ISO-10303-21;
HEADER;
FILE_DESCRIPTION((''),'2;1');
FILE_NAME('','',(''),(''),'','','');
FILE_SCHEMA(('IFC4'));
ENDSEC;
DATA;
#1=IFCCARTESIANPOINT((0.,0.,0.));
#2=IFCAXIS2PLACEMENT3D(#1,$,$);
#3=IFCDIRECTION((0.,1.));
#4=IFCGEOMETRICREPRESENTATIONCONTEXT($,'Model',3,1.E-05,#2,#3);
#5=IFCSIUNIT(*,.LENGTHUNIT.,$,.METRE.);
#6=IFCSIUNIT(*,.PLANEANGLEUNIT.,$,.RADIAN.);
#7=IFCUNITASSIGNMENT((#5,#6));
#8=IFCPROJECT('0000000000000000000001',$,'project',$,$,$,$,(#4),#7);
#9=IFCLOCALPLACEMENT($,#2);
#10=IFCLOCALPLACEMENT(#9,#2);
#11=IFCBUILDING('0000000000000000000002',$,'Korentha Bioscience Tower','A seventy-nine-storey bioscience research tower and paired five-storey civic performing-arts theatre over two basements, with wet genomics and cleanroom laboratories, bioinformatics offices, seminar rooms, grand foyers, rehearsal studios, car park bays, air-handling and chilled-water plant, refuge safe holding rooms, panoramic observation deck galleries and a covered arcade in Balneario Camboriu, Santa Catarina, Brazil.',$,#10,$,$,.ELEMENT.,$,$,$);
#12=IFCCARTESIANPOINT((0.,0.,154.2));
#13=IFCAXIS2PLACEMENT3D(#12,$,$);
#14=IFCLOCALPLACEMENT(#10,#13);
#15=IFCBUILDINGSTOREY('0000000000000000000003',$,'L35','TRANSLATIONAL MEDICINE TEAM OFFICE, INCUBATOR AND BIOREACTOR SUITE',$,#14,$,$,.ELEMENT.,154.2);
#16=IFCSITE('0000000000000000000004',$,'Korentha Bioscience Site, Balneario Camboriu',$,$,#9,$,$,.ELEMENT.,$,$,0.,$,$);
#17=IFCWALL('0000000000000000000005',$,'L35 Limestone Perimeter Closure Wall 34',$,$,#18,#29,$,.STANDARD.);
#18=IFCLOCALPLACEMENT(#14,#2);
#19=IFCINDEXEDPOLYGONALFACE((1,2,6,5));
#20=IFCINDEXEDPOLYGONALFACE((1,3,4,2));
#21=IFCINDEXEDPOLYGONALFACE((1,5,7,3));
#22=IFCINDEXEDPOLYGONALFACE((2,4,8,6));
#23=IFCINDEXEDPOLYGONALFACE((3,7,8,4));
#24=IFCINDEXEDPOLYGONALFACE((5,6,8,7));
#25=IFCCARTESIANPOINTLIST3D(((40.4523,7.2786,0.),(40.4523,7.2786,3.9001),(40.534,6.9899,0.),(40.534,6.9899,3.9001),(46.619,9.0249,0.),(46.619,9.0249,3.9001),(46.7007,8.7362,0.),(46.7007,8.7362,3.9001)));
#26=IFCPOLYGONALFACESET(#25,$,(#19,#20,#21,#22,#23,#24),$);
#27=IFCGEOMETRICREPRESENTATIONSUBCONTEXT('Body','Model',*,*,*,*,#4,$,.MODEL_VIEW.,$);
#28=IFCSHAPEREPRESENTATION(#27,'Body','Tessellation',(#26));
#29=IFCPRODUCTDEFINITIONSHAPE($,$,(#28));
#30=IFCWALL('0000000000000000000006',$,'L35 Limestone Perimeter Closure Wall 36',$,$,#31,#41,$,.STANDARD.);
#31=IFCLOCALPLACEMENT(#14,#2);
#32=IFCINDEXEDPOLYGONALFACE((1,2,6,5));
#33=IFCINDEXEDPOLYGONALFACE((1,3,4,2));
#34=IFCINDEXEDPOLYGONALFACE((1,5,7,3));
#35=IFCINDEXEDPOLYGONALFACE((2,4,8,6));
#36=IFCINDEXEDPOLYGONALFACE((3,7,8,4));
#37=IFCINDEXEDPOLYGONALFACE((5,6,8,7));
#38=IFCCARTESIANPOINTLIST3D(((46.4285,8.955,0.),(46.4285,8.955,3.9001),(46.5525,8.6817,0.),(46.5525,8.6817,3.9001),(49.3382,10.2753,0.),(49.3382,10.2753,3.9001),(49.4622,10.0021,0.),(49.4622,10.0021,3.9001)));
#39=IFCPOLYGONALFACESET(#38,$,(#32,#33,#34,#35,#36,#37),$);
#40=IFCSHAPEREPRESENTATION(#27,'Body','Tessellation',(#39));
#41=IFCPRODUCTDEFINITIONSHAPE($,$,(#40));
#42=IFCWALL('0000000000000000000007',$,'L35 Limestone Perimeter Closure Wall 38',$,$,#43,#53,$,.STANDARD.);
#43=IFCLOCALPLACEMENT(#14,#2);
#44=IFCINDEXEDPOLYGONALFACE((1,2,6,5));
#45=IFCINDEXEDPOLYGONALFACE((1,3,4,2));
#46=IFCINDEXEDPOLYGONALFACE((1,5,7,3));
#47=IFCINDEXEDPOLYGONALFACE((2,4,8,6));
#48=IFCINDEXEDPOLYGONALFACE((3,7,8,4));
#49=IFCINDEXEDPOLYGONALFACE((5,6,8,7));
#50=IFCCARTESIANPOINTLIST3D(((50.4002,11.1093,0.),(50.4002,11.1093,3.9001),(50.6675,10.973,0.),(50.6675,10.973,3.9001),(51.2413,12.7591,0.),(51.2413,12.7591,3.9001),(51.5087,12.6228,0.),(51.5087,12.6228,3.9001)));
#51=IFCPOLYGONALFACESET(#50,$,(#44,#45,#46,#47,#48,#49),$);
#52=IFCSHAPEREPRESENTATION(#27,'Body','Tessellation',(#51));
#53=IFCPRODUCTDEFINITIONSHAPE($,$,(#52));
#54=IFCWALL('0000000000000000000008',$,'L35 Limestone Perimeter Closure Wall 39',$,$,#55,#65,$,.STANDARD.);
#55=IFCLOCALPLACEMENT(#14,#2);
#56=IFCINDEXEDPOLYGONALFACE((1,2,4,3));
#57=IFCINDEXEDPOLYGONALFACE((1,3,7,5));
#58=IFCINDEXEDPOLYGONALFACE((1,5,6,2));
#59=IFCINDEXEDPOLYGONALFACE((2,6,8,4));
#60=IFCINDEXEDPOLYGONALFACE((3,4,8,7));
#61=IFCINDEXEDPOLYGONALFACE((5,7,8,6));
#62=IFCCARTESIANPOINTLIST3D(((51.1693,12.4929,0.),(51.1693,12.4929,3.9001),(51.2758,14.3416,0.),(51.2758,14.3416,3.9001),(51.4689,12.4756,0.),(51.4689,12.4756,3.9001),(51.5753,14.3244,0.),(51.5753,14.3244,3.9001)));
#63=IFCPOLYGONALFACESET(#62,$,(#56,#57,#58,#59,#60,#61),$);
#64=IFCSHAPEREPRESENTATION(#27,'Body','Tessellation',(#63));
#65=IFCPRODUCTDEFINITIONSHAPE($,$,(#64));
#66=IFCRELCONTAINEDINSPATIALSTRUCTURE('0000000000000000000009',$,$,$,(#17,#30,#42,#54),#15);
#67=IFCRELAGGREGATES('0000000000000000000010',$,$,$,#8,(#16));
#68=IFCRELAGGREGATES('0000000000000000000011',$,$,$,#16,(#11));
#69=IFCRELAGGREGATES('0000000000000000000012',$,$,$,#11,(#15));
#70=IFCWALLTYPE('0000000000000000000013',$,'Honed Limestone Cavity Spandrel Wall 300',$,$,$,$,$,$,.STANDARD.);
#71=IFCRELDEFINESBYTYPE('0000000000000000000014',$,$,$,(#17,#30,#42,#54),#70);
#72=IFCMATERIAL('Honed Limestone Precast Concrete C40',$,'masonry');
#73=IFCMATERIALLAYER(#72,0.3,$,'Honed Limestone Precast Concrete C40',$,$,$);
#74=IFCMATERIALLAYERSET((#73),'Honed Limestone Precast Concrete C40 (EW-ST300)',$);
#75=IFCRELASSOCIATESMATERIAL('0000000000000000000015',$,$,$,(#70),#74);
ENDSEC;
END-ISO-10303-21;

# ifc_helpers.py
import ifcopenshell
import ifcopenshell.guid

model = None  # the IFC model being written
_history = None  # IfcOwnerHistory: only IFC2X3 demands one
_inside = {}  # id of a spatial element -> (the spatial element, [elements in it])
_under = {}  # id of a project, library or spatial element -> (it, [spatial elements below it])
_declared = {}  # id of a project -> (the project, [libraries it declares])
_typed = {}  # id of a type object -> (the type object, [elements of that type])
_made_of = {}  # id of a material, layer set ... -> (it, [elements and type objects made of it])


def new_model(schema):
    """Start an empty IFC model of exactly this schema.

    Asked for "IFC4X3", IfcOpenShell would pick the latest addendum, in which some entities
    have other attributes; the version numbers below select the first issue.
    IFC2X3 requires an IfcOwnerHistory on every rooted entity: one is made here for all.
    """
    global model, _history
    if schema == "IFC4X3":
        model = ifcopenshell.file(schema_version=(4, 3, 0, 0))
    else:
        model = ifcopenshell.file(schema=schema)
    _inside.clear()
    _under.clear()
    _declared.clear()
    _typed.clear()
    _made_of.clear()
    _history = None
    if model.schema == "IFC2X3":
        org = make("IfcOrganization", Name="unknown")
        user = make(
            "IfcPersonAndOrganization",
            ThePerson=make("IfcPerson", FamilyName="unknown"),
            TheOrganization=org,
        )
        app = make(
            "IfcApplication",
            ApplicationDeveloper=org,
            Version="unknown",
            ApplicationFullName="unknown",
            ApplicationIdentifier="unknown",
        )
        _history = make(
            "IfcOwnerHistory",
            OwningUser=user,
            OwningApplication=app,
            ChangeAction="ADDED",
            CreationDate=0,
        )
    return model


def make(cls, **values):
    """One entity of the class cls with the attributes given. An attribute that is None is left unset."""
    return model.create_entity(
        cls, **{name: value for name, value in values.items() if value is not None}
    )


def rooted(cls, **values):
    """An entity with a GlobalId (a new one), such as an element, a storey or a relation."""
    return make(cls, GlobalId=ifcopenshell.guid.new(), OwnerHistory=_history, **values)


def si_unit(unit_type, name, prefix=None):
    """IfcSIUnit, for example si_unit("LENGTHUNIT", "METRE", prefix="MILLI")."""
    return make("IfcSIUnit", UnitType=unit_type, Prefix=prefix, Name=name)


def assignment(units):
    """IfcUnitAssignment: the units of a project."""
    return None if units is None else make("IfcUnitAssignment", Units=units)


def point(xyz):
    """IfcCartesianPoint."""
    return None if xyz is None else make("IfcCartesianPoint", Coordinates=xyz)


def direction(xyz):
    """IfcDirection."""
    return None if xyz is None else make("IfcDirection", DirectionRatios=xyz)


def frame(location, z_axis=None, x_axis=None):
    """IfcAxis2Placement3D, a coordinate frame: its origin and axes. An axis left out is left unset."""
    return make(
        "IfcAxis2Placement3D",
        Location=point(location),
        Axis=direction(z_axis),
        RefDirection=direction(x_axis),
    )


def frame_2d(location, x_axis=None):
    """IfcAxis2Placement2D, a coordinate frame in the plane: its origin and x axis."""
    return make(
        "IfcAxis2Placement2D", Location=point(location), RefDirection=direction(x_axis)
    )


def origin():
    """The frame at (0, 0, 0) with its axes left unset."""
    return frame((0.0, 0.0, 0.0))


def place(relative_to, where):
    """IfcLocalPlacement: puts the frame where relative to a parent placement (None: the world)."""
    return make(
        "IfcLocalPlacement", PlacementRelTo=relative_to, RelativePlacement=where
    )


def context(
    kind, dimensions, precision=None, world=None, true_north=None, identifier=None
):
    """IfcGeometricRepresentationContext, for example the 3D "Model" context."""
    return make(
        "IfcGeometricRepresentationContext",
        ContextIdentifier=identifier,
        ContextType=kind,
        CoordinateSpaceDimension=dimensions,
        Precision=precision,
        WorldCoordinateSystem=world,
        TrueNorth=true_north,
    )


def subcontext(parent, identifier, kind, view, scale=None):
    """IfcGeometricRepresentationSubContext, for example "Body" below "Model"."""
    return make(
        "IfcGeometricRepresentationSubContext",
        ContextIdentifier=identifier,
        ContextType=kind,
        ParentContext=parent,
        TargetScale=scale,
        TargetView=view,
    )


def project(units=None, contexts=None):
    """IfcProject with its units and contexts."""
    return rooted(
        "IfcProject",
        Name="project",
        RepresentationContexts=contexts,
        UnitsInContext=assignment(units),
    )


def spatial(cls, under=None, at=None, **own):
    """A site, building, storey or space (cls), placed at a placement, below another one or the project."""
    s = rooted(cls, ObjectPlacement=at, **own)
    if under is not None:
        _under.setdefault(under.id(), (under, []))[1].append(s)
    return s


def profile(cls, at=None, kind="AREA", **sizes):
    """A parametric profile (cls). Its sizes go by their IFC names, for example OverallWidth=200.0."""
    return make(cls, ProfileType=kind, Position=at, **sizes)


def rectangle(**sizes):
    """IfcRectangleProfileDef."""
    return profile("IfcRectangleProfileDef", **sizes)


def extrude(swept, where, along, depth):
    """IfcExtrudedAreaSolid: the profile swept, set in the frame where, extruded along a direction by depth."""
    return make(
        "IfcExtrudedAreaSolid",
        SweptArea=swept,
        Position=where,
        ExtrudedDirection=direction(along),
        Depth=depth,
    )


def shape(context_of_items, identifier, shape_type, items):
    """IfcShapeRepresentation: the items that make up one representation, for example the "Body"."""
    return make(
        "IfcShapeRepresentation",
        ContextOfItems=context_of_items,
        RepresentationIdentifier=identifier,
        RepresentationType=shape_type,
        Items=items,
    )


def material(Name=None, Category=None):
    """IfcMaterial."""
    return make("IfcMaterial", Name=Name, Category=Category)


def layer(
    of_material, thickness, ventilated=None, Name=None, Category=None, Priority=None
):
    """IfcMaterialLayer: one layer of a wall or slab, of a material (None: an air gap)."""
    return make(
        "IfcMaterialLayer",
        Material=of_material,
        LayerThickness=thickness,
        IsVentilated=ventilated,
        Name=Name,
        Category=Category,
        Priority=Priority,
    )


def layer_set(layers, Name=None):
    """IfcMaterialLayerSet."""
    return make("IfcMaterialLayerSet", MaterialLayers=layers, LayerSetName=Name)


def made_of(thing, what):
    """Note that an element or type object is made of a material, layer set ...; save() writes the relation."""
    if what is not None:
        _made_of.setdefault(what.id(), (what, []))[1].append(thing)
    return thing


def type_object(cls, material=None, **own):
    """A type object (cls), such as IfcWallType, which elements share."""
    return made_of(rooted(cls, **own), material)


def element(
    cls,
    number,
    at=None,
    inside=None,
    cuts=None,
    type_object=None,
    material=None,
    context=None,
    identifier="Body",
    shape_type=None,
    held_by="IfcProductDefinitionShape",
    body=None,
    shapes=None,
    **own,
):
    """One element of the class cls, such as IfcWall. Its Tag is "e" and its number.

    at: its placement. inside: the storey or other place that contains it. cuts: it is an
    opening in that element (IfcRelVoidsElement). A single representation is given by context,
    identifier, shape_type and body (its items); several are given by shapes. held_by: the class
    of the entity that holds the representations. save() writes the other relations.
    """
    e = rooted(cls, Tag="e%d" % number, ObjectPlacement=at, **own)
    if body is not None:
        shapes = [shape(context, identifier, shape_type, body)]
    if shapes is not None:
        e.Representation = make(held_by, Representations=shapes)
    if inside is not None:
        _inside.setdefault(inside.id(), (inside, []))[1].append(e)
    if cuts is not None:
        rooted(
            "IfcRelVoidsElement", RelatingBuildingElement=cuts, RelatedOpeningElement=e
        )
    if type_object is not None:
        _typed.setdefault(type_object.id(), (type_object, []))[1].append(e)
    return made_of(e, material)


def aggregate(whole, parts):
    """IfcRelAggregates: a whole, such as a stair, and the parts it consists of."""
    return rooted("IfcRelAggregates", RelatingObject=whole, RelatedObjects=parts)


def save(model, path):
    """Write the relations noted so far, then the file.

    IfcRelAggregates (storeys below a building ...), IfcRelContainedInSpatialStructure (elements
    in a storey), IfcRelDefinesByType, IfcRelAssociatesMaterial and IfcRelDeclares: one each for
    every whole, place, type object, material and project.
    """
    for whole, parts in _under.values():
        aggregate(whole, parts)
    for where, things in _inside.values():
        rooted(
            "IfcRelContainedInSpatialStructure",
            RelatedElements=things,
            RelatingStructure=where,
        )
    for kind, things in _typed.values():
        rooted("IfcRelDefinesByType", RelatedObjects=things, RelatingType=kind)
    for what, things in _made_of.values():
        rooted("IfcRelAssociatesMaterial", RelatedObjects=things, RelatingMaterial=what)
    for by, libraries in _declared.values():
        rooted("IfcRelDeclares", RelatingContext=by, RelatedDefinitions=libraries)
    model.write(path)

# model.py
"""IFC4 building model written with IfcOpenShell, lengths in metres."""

from ifc_helpers import new_model, si_unit, direction, frame, frame_2d, origin, place, context, subcontext, project, spatial, rectangle, extrude, material, layer, layer_set, type_object, element, save


model = new_model("IFC4")

# Units and contexts
model_context = context("Model", 3, precision=1e-05, world=origin(), true_north=direction((0.0, 1.0)))
body_context = subcontext(model_context, "Body", "Model", "MODEL_VIEW")
ifc_project = project(units=[si_unit("LENGTHUNIT", "METRE"), si_unit("PLANEANGLEUNIT", "RADIAN")], contexts=[model_context])

# Site, building, storey
site_placement = place(None, origin())
site = spatial("IfcSite", under=ifc_project, at=site_placement, Name="Korentha Bioscience Site, Balneario Camboriu", CompositionType="ELEMENT", RefElevation=0.0)
building_placement = place(site_placement, origin())
building = spatial("IfcBuilding", under=site, at=building_placement, Name="Korentha Bioscience Tower", Description="A seventy-nine-storey bioscience research tower and paired five-storey civic performing-arts theatre over two basements, with wet genomics and cleanroom laboratories, bioinformatics offices, seminar rooms, grand foyers, rehearsal studios, car park bays, air-handling and chilled-water plant, refuge safe holding rooms, panoramic observation deck galleries and a covered arcade in Balneario Camboriu, Santa Catarina, Brazil.", CompositionType="ELEMENT")
storey_placement = place(building_placement, frame((0.0, 0.0, 154.2)))
storey = spatial("IfcBuildingStorey", under=building, at=storey_placement, Name="L35", Description="TRANSLATIONAL MEDICINE TEAM OFFICE, INCUBATOR AND BIOREACTOR SUITE", CompositionType="ELEMENT", Elevation=154.2)

# Walls
ifc_material_1 = material(Name="Honed Limestone Precast Concrete C40", Category="masonry")
ifc_layer_1 = layer(ifc_material_1, 0.3, Name="Honed Limestone Precast Concrete C40")
ifc_layer_set_1 = layer_set([ifc_layer_1], Name="Honed Limestone Precast Concrete C40 (EW-ST300)")
wall_type_1 = type_object("IfcWallType", Name="Honed Limestone Cavity Spandrel Wall 300", PredefinedType="STANDARD", material=ifc_layer_set_1)
wall_1_placement = place(storey_placement, frame((40.4932, 7.1343, 0.0), z_axis=(0.0, 0.0, 1.0), x_axis=(0.962164, 0.272472, 0.0)))
element("IfcWall", 1, at=wall_1_placement, inside=storey, type_object=wall_type_1, Name="L35 Limestone Perimeter Closure Wall 34", PredefinedType="STANDARD", context=body_context, shape_type="SweptSolid", body=[
    extrude(rectangle(XDim=6.4092, YDim=0.3, at=frame_2d((3.2046, 0.0))), origin(), (0.0, 0.0, 1.0), 3.9001),
])
wall_2_placement = place(storey_placement, frame((46.4905, 8.8184, 0.0), z_axis=(0.0, 0.0, 1.0), x_axis=(0.910633, 0.413216, 0.0)))
element("IfcWall", 2, at=wall_2_placement, inside=storey, type_object=wall_type_1, Name="L35 Limestone Perimeter Closure Wall 36", PredefinedType="STANDARD", context=body_context, shape_type="SweptSolid", body=[
    extrude(rectangle(XDim=3.1953, YDim=0.3, at=frame_2d((1.5977, 0.0))), origin(), (0.0, 0.0, 1.0), 3.9001),
])
for number, where, z_axis, x_axis, name in (
    (3, (50.5339, 11.0413, 0.0), (0.0, 0.0, 1.0), (0.454214, 0.890893, 0.0), "L35 Limestone Perimeter Closure Wall 38"),
    (4, (51.3191, 12.4844, 0.0), (0.0, 0.0, 1.0), (0.057485, 0.998346, 0.0), "L35 Limestone Perimeter Closure Wall 39"),
):
    element("IfcWall", number, at=place(storey_placement, frame(where, z_axis=z_axis, x_axis=x_axis)), inside=storey, type_object=wall_type_1, Name=name, PredefinedType="STANDARD", context=body_context, shape_type="SweptSolid", body=[
        extrude(rectangle(XDim=1.8518, YDim=0.3, at=frame_2d((0.9258, 0.0))), origin(), (0.0, 0.0, 1.0), 3.9001),
    ])

save(model, "model.ifc")
